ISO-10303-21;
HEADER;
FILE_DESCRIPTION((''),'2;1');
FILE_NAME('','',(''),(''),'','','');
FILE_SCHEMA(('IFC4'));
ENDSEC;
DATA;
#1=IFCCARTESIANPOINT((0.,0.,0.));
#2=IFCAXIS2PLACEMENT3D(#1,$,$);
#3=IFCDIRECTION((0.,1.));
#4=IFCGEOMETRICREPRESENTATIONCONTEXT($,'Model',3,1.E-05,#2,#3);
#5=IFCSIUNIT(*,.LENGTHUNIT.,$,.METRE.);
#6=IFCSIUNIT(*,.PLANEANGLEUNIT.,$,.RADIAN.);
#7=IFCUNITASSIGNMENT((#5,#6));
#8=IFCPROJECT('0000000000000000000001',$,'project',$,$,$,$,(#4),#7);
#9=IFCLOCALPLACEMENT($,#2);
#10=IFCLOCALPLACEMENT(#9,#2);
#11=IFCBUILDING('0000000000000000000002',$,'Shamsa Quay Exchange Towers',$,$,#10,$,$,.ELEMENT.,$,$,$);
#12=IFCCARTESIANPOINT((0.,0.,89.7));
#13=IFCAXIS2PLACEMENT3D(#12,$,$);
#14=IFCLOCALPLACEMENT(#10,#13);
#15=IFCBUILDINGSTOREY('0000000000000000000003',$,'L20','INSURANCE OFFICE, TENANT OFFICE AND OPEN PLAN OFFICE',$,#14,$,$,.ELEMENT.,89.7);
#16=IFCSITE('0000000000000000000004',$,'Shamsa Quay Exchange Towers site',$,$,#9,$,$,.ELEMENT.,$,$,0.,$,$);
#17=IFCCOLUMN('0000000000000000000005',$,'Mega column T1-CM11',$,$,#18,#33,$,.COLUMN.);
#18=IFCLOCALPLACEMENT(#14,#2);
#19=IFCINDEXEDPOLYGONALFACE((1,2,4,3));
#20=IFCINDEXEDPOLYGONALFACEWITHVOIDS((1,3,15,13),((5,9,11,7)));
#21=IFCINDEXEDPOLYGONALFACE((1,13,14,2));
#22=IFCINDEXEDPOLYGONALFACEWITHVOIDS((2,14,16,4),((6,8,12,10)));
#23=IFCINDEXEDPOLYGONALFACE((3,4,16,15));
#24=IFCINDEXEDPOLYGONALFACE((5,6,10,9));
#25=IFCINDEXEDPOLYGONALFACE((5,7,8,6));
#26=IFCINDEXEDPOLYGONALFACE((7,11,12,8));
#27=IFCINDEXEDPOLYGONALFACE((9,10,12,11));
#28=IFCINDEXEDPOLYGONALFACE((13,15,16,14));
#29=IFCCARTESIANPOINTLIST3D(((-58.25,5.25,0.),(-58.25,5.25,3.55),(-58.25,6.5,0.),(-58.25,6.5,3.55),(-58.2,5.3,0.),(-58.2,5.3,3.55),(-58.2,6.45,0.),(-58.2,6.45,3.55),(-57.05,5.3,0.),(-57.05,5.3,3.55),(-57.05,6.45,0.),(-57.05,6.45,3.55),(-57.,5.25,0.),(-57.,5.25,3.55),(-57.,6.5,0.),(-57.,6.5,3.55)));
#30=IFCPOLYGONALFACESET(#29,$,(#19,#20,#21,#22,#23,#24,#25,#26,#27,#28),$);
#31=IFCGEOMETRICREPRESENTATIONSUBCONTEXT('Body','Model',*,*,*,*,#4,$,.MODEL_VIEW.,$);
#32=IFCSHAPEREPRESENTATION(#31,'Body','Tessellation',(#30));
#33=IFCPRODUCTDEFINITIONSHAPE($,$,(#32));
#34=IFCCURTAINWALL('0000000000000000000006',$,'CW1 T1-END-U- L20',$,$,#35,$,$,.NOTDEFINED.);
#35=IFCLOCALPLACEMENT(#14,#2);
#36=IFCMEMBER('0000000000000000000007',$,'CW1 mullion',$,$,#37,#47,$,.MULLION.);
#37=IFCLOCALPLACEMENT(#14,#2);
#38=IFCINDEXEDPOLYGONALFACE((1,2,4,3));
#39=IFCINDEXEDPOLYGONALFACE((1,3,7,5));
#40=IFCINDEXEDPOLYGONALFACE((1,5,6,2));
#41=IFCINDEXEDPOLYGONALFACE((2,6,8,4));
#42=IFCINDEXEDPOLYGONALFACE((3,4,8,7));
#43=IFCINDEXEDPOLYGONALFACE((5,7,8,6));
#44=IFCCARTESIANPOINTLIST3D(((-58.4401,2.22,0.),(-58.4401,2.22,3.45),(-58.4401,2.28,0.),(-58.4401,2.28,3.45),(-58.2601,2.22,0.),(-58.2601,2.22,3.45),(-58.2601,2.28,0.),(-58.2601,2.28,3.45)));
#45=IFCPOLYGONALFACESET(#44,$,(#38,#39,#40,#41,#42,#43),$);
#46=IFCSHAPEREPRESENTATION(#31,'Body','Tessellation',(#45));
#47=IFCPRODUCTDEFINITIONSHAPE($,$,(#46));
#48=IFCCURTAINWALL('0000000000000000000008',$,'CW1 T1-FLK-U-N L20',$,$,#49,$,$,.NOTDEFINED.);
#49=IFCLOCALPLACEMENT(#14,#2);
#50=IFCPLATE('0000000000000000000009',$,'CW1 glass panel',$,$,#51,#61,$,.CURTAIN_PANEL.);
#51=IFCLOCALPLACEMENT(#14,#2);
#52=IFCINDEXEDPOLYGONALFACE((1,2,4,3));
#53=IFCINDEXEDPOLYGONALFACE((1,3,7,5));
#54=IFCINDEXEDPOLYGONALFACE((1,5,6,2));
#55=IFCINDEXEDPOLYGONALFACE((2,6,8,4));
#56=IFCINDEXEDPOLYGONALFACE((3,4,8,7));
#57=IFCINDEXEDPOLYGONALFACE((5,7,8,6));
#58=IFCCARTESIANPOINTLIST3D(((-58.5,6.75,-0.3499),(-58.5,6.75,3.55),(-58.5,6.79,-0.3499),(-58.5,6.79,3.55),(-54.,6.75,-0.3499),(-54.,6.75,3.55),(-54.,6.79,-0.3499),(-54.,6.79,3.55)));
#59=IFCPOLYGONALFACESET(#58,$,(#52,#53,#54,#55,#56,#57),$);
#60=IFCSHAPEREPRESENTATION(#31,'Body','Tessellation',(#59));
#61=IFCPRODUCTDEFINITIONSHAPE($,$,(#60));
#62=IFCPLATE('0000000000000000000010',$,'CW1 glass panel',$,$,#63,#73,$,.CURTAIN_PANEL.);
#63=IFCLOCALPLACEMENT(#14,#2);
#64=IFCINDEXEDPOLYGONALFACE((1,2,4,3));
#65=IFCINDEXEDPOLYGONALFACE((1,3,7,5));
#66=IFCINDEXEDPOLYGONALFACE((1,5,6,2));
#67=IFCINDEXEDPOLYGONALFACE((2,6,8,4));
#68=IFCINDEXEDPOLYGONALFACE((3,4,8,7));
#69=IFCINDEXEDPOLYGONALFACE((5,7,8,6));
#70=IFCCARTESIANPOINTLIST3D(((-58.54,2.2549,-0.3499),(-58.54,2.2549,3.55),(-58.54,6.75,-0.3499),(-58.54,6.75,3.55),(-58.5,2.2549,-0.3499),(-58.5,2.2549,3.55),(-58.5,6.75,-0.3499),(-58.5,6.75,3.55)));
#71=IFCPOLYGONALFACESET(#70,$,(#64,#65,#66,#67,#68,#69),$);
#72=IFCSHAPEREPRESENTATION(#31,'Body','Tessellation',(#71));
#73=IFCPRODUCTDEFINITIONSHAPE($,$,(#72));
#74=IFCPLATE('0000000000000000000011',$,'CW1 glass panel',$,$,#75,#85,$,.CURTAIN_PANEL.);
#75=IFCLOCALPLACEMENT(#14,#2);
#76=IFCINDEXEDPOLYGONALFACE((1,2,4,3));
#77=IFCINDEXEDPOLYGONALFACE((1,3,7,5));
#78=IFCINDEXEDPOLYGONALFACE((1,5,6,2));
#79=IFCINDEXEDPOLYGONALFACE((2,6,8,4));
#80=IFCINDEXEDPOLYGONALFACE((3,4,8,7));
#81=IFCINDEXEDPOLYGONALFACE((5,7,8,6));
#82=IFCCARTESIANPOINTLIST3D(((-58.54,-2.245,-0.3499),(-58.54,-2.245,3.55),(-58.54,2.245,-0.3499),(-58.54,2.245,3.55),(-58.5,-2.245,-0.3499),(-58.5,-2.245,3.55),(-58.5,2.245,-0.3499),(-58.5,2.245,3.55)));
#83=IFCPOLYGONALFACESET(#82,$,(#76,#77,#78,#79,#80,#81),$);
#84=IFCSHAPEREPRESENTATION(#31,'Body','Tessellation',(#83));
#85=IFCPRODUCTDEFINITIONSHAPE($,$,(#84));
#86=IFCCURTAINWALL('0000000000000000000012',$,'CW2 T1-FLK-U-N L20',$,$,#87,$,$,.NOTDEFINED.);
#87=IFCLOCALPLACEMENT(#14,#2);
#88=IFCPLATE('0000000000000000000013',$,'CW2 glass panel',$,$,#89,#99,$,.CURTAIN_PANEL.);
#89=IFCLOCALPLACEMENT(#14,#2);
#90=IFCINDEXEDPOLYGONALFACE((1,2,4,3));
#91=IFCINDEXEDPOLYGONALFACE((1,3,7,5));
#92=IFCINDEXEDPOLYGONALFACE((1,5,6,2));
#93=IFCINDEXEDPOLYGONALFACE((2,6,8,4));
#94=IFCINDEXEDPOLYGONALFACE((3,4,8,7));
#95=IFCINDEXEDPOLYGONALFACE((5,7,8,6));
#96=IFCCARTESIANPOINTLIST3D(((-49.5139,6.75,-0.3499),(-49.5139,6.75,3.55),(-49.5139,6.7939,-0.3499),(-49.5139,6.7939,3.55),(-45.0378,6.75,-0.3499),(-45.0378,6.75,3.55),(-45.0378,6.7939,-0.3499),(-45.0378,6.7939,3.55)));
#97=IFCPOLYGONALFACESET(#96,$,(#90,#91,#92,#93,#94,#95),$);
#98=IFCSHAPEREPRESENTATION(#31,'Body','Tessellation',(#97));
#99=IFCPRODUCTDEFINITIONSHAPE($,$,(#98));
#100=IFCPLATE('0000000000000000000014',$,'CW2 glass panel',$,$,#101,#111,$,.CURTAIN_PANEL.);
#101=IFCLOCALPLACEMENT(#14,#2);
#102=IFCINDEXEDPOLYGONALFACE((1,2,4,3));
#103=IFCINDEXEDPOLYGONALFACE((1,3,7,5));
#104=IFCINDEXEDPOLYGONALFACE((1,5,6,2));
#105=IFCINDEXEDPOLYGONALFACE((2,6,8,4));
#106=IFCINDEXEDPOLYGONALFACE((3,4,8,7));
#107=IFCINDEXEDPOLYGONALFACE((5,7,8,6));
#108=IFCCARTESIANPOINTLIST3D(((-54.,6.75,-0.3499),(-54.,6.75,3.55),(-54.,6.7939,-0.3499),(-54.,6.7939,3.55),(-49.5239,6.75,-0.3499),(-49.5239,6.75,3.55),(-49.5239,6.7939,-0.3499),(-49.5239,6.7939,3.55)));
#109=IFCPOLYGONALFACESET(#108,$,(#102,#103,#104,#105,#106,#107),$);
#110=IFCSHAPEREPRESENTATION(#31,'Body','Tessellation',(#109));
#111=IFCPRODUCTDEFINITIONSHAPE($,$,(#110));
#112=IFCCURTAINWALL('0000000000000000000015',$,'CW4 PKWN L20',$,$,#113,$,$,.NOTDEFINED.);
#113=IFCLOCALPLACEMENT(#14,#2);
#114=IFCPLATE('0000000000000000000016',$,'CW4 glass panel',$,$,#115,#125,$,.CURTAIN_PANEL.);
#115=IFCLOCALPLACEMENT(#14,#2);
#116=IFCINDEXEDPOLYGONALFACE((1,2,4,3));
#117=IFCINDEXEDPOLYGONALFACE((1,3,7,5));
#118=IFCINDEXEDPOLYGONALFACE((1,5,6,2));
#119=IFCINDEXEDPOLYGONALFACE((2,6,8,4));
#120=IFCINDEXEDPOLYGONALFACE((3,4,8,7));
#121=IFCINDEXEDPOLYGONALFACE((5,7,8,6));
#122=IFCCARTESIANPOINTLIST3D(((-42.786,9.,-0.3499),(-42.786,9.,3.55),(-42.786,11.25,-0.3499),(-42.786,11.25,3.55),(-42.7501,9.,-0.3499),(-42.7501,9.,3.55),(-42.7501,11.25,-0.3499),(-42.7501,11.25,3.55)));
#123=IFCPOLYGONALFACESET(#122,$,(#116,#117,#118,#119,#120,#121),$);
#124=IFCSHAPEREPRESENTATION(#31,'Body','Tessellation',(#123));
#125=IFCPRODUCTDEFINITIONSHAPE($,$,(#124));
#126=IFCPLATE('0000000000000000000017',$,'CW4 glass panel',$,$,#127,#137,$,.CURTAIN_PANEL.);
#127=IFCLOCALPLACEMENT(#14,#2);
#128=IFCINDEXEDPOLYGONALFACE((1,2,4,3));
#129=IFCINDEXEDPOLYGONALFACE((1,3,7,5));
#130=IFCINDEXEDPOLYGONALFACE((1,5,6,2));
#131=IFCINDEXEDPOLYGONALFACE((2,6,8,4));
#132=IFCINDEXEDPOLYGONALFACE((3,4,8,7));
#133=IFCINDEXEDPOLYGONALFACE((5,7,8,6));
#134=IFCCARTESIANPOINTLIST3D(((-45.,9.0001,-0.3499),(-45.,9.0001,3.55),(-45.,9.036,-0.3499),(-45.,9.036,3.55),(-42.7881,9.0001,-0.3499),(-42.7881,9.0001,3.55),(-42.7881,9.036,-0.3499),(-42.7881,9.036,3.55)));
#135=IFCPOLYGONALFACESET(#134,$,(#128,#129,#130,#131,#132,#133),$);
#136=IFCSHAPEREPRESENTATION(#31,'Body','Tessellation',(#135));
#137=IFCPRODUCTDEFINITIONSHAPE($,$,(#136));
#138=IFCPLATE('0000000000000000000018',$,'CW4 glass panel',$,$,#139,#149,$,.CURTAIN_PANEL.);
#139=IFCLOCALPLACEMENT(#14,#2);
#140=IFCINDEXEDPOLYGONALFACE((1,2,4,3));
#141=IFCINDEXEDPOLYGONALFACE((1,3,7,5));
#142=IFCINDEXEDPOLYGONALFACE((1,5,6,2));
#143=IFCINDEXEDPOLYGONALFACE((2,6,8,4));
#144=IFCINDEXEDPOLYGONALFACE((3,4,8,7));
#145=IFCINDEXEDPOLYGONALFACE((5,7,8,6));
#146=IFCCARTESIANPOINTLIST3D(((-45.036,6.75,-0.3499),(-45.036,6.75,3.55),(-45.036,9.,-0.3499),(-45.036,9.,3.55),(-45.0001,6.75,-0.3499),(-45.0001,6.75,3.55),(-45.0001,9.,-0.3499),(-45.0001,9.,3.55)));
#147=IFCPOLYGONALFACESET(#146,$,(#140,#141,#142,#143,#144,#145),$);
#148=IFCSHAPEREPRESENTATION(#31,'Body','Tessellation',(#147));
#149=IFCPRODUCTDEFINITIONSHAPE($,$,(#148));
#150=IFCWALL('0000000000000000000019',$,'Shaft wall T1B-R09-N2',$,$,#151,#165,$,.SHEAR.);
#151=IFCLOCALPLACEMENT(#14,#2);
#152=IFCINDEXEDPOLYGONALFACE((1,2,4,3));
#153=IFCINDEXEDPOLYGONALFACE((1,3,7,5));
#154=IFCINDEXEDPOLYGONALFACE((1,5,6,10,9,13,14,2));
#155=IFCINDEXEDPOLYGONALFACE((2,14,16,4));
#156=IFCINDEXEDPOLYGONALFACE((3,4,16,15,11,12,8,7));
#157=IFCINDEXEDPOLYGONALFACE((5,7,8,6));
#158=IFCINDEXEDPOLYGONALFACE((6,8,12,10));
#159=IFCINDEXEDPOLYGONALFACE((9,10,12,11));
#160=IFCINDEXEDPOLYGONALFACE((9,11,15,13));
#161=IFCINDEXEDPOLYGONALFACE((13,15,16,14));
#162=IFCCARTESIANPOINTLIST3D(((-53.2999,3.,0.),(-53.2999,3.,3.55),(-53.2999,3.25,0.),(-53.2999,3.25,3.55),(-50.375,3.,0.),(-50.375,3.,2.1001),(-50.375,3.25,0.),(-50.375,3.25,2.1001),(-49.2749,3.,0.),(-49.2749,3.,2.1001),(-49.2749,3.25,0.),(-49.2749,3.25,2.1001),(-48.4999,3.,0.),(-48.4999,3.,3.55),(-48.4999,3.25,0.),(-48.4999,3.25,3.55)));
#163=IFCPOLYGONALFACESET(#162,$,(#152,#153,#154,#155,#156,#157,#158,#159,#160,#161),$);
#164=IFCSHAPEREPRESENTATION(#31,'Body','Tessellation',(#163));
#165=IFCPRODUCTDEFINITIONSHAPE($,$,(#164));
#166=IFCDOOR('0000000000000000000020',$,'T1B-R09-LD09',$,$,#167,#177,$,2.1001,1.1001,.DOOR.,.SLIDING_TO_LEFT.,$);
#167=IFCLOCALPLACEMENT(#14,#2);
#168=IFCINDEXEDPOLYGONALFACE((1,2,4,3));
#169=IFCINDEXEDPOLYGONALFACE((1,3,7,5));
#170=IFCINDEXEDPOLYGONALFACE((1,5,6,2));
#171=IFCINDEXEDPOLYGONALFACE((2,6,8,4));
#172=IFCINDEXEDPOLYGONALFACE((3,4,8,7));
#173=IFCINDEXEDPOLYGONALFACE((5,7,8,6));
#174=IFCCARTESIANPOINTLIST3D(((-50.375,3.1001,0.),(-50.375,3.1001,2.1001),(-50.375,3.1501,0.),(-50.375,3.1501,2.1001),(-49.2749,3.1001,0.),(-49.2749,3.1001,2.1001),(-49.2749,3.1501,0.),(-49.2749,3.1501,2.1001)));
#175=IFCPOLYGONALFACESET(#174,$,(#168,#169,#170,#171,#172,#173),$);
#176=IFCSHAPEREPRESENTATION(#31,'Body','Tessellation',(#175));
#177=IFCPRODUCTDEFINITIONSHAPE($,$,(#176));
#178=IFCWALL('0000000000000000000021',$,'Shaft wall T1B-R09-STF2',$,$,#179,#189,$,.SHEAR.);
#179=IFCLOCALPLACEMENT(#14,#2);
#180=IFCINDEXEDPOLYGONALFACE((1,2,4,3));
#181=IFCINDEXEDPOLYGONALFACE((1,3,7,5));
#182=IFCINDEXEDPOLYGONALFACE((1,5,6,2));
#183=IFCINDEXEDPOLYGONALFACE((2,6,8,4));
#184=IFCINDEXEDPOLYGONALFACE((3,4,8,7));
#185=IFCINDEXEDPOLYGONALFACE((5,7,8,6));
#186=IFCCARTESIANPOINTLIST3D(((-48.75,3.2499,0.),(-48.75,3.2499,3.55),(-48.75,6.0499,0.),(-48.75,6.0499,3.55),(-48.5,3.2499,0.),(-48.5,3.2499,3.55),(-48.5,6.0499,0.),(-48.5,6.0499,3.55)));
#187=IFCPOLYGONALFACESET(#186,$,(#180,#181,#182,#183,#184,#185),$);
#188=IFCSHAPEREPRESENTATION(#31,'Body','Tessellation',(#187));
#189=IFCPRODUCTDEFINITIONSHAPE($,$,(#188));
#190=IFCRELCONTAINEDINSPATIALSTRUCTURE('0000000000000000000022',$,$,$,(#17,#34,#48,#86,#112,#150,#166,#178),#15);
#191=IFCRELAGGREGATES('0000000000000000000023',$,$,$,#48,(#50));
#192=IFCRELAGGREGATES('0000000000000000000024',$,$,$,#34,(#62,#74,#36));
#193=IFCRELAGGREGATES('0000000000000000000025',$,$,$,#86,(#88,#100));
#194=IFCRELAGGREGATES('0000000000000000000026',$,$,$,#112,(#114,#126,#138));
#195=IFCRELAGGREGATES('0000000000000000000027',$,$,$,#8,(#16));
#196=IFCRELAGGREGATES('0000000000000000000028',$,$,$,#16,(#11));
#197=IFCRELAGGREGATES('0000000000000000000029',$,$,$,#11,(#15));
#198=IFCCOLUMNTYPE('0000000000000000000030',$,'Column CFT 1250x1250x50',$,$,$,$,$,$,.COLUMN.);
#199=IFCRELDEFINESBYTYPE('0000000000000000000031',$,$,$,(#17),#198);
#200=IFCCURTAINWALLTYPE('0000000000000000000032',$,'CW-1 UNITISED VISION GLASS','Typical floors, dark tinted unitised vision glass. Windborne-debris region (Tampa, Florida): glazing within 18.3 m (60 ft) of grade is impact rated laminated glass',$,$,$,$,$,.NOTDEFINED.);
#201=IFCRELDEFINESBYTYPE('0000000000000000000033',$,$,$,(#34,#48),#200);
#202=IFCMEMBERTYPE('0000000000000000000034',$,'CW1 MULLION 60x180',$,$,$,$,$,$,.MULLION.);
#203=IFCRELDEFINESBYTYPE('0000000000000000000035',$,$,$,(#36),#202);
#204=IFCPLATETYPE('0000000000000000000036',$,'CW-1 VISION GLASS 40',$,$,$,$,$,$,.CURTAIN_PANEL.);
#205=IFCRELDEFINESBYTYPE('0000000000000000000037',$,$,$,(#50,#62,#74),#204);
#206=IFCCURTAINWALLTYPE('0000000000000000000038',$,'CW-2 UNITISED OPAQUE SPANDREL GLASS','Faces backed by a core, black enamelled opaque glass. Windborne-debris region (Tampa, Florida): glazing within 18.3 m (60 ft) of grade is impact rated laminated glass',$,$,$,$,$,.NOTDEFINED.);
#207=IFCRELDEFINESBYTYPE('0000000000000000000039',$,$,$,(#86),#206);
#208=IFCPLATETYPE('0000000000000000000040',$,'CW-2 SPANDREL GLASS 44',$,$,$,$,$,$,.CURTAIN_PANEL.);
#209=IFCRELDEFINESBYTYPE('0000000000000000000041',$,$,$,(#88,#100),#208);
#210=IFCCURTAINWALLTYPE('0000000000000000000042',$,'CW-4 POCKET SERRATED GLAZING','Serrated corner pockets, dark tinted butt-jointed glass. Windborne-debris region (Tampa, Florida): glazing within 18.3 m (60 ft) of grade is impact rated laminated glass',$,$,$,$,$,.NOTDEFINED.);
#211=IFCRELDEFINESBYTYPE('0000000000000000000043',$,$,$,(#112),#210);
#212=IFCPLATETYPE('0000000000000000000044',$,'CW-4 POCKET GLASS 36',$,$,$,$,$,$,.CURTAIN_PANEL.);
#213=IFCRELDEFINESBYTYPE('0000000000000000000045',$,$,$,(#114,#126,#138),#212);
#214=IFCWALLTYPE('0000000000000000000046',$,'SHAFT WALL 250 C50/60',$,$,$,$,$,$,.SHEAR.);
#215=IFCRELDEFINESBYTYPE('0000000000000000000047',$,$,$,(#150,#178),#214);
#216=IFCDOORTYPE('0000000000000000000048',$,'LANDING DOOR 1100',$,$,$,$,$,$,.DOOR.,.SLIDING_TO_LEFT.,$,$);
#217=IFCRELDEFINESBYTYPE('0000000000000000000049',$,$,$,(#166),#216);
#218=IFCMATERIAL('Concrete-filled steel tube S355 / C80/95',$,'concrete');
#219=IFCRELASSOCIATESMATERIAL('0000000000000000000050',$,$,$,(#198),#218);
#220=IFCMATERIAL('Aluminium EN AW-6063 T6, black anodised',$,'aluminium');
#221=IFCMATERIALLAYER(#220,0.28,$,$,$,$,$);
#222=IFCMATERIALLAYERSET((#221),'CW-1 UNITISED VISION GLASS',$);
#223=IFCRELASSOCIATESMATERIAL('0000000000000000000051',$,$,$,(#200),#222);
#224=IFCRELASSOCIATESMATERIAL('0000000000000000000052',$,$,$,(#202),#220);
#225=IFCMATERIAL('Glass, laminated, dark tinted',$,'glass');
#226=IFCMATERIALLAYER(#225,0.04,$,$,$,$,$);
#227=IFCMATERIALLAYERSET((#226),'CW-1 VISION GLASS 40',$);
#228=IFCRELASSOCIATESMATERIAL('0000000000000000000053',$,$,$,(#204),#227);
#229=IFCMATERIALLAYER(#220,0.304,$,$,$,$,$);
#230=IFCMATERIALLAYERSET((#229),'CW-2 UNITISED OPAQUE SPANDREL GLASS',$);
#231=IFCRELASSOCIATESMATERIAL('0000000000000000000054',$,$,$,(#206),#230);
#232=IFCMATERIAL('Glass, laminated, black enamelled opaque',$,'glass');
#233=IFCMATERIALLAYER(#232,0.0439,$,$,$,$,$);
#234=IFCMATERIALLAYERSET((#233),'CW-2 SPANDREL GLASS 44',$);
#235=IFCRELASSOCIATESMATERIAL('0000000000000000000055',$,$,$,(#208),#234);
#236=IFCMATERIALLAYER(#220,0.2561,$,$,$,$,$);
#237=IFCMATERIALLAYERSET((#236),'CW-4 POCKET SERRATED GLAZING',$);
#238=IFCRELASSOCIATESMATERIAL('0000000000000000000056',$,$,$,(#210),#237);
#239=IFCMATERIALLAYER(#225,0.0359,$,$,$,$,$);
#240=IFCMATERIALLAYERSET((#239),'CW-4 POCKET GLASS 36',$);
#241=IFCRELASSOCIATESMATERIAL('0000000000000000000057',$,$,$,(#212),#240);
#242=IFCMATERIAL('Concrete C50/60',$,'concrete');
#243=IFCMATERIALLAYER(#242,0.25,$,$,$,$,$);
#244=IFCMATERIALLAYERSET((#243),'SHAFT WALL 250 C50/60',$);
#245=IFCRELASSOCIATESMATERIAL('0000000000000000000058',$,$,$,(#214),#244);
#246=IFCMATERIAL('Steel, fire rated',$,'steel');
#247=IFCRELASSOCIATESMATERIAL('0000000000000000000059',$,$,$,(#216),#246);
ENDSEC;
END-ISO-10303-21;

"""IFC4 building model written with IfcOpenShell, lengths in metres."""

from ifc_helpers import new_model, si_unit, direction, frame, frame_2d, origin, origin_2d, place, context, subcontext, project, spatial, rectangle, hollow_rectangle, extrude, material, layer, layer_set, material_profile, profile_set, type_object, element, fill, aggregate, save


model = new_model("IFC4")

# Units and contexts
model_context = context("Model", 3, precision=1e-05, world=origin(), true_north=direction((0.0, 1.0)))
body_context = subcontext(model_context, "Body", "Model", "MODEL_VIEW")
ifc_project = project(units=[si_unit("LENGTHUNIT", "METRE"), si_unit("PLANEANGLEUNIT", "RADIAN")], contexts=[model_context])

# Site, building, storey
site_placement = place(None, origin())
site = spatial("IfcSite", under=ifc_project, at=site_placement, Name="Shamsa Quay Exchange Towers site", CompositionType="ELEMENT", RefElevation=0.0)
building_placement = place(site_placement, origin())
building = spatial("IfcBuilding", under=site, at=building_placement, Name="Shamsa Quay Exchange Towers", CompositionType="ELEMENT")
storey_placement = place(building_placement, frame((0.0, 0.0, 89.7)))
storey = spatial("IfcBuildingStorey", under=building, at=storey_placement, Name="L20", Description="INSURANCE OFFICE, TENANT OFFICE AND OPEN PLAN OFFICE", CompositionType="ELEMENT", Elevation=89.7)

# Column
ifc_material_1 = material(Name="Concrete-filled steel tube S355 / C80/95", Category="concrete")
ifc_material_profile_1 = material_profile(ifc_material_1, hollow_rectangle(XDim=1.25, YDim=1.25, WallThickness=0.05, at=origin_2d()), Name="CFT 1250x1250x50")
ifc_profile_set_1 = profile_set([ifc_material_profile_1], Name="Concrete-filled steel tube S355 / C80/95")
column_type = type_object("IfcColumnType", Name="Column CFT 1250x1250x50", PredefinedType="COLUMN", material=ifc_profile_set_1)
column_placement = place(storey_placement, frame((-57.625, 5.875, 0.0)))
element("IfcColumn", 1, at=column_placement, inside=storey, type_object=column_type, Name="Mega column T1-CM11", PredefinedType="COLUMN", context=body_context, shape_type="SweptSolid", body=[
    extrude(hollow_rectangle(XDim=1.25, YDim=1.25, WallThickness=0.05, at=origin_2d()), origin(), (0.0, 0.0, 1.0), 3.55),
])

# Curtain wall, member
ifc_material_2 = material(Name="Aluminium EN AW-6063 T6, black anodised", Category="aluminium")
ifc_layer_1 = layer(ifc_material_2, 0.28)
ifc_layer_set_1 = layer_set([ifc_layer_1], Name="CW-1 UNITISED VISION GLASS")
curtain_wall_type_1 = type_object("IfcCurtainWallType", Name="CW-1 UNITISED VISION GLASS", Description="Typical floors, dark tinted unitised vision glass. Windborne-debris region (Tampa, Florida): glazing within 18.3 m (60 ft) of grade is impact rated laminated glass", PredefinedType="NOTDEFINED", material=ifc_layer_set_1)
curtain_wall_1_placement = place(storey_placement, origin())
curtain_wall_1 = element("IfcCurtainWall", 2, at=curtain_wall_1_placement, inside=storey, type_object=curtain_wall_type_1, Name="CW1 T1-END-U- L20", PredefinedType="NOTDEFINED")
ifc_material_profile_2 = material_profile(ifc_material_2, rectangle(XDim=0.1799, YDim=0.0601, at=origin_2d()), Name="MU60x180")
ifc_profile_set_2 = profile_set([ifc_material_profile_2], Name="Aluminium EN AW-6063 T6, black anodised")
member_type = type_object("IfcMemberType", Name="CW1 MULLION 60x180", PredefinedType="MULLION", material=ifc_profile_set_2)
member_placement = place(storey_placement, frame((-58.3501, 2.25, 0.0)))
member = element("IfcMember", 3, at=member_placement, type_object=member_type, Name="CW1 mullion", PredefinedType="MULLION", context=body_context, shape_type="SweptSolid", body=[
    extrude(rectangle(XDim=0.1799, YDim=0.0601, at=origin_2d()), origin(), (0.0, 0.0, 1.0), 3.45),
])

# Curtain wall, plate
curtain_wall_2_placement = place(storey_placement, origin())
curtain_wall_2 = element("IfcCurtainWall", 4, at=curtain_wall_2_placement, inside=storey, type_object=curtain_wall_type_1, Name="CW1 T1-FLK-U-N L20", PredefinedType="NOTDEFINED")
ifc_material_3 = material(Name="Glass, laminated, dark tinted", Category="glass")
ifc_layer_2 = layer(ifc_material_3, 0.04)
ifc_layer_set_2 = layer_set([ifc_layer_2], Name="CW-1 VISION GLASS 40")
plate_type_1 = type_object("IfcPlateType", Name="CW-1 VISION GLASS 40", PredefinedType="CURTAIN_PANEL", material=ifc_layer_set_2)
plate_1_placement = place(storey_placement, frame((-56.25, 6.77, -0.3499), z_axis=(0.0, 0.0, 1.0), x_axis=(-1.0, 0.0, 0.0)))
plate_1 = element("IfcPlate", 5, at=plate_1_placement, type_object=plate_type_1, Name="CW1 glass panel", PredefinedType="CURTAIN_PANEL", context=body_context, shape_type="SweptSolid", body=[
    extrude(rectangle(XDim=4.5, YDim=0.04, at=origin_2d()), origin(), (0.0, 0.0, 1.0), 3.8999),
])
aggregate(curtain_wall_2, [plate_1])

# Plates
plate_2_placement = place(storey_placement, frame((-58.52, 4.5024, -0.3499), z_axis=(0.0, 0.0, 1.0), x_axis=(0.0, -1.0, 0.0)))
plate_2 = element("IfcPlate", 6, at=plate_2_placement, type_object=plate_type_1, Name="CW1 glass panel", PredefinedType="CURTAIN_PANEL", context=body_context, shape_type="SweptSolid", body=[
    extrude(rectangle(XDim=4.4951, YDim=0.04, at=origin_2d()), origin(), (0.0, 0.0, 1.0), 3.8999),
])
plate_3_placement = place(storey_placement, frame((-58.52, 0.0, -0.3499), z_axis=(0.0, 0.0, 1.0), x_axis=(0.0, -1.0, 0.0)))
plate_3 = element("IfcPlate", 7, at=plate_3_placement, type_object=plate_type_1, Name="CW1 glass panel", PredefinedType="CURTAIN_PANEL", context=body_context, shape_type="SweptSolid", body=[
    extrude(rectangle(XDim=4.49, YDim=0.04, at=origin_2d()), origin(), (0.0, 0.0, 1.0), 3.8999),
])
aggregate(curtain_wall_1, [plate_2, plate_3, member])

# Curtain walls, plates
ifc_layer_3 = layer(ifc_material_2, 0.304)
ifc_layer_set_3 = layer_set([ifc_layer_3], Name="CW-2 UNITISED OPAQUE SPANDREL GLASS")
curtain_wall_type_2 = type_object("IfcCurtainWallType", Name="CW-2 UNITISED OPAQUE SPANDREL GLASS", Description="Faces backed by a core, black enamelled opaque glass. Windborne-debris region (Tampa, Florida): glazing within 18.3 m (60 ft) of grade is impact rated laminated glass", PredefinedType="NOTDEFINED", material=ifc_layer_set_3)
curtain_wall_3_placement = place(storey_placement, origin())
curtain_wall_3 = element("IfcCurtainWall", 8, at=curtain_wall_3_placement, inside=storey, type_object=curtain_wall_type_2, Name="CW2 T1-FLK-U-N L20", PredefinedType="NOTDEFINED")
ifc_material_4 = material(Name="Glass, laminated, black enamelled opaque", Category="glass")
ifc_layer_4 = layer(ifc_material_4, 0.0439)
ifc_layer_set_4 = layer_set([ifc_layer_4], Name="CW-2 SPANDREL GLASS 44")
plate_type_2 = type_object("IfcPlateType", Name="CW-2 SPANDREL GLASS 44", PredefinedType="CURTAIN_PANEL", material=ifc_layer_set_4)
plate_4_placement = place(storey_placement, frame((-47.2759, 6.772, -0.3499), z_axis=(0.0, 0.0, 1.0), x_axis=(-1.0, 0.0, 0.0)))
plate_4 = element("IfcPlate", 9, at=plate_4_placement, type_object=plate_type_2, Name="CW2 glass panel", PredefinedType="CURTAIN_PANEL", context=body_context, shape_type="SweptSolid", body=[
    extrude(rectangle(XDim=4.4761, YDim=0.0439, at=origin_2d()), origin(), (0.0, 0.0, 1.0), 3.8999),
])
plate_5_placement = place(storey_placement, frame((-51.762, 6.772, -0.3499), z_axis=(0.0, 0.0, 1.0), x_axis=(-1.0, 0.0, 0.0)))
plate_5 = element("IfcPlate", 10, at=plate_5_placement, type_object=plate_type_2, Name="CW2 glass panel", PredefinedType="CURTAIN_PANEL", context=body_context, shape_type="SweptSolid", body=[
    extrude(rectangle(XDim=4.4761, YDim=0.0439, at=origin_2d()), origin(), (0.0, 0.0, 1.0), 3.8999),
])
aggregate(curtain_wall_3, [plate_4, plate_5])
ifc_layer_5 = layer(ifc_material_2, 0.2561)
ifc_layer_set_5 = layer_set([ifc_layer_5], Name="CW-4 POCKET SERRATED GLAZING")
curtain_wall_type_3 = type_object("IfcCurtainWallType", Name="CW-4 POCKET SERRATED GLAZING", Description="Serrated corner pockets, dark tinted butt-jointed glass. Windborne-debris region (Tampa, Florida): glazing within 18.3 m (60 ft) of grade is impact rated laminated glass", PredefinedType="NOTDEFINED", material=ifc_layer_set_5)
curtain_wall_4_placement = place(storey_placement, origin())
curtain_wall_4 = element("IfcCurtainWall", 11, at=curtain_wall_4_placement, inside=storey, type_object=curtain_wall_type_3, Name="CW4 PKWN L20", PredefinedType="NOTDEFINED")
ifc_layer_6 = layer(ifc_material_3, 0.0359)
ifc_layer_set_6 = layer_set([ifc_layer_6], Name="CW-4 POCKET GLASS 36")
plate_type_3 = type_object("IfcPlateType", Name="CW-4 POCKET GLASS 36", PredefinedType="CURTAIN_PANEL", material=ifc_layer_set_6)
plate_6_placement = place(storey_placement, frame((-42.7681, 10.125, -0.3499), z_axis=(0.0, 0.0, 1.0), x_axis=(0.0, -1.0, 0.0)))
plate_6 = element("IfcPlate", 12, at=plate_6_placement, type_object=plate_type_3, Name="CW4 glass panel", PredefinedType="CURTAIN_PANEL", context=body_context, shape_type="SweptSolid", body=[
    extrude(rectangle(XDim=2.25, YDim=0.0359, at=origin_2d()), origin(), (0.0, 0.0, 1.0), 3.8999),
])
plate_7_placement = place(storey_placement, frame((-43.894, 9.0181, -0.3499), z_axis=(0.0, 0.0, 1.0), x_axis=(-1.0, 0.0, 0.0)))
plate_7 = element("IfcPlate", 13, at=plate_7_placement, type_object=plate_type_3, Name="CW4 glass panel", PredefinedType="CURTAIN_PANEL", context=body_context, shape_type="SweptSolid", body=[
    extrude(rectangle(XDim=2.2119, YDim=0.0359, at=origin_2d()), origin(), (0.0, 0.0, 1.0), 3.8999),
])
plate_8_placement = place(storey_placement, frame((-45.0181, 7.875, -0.3499), z_axis=(0.0, 0.0, 1.0), x_axis=(0.0, -1.0, 0.0)))
plate_8 = element("IfcPlate", 14, at=plate_8_placement, type_object=plate_type_3, Name="CW4 glass panel", PredefinedType="CURTAIN_PANEL", context=body_context, shape_type="SweptSolid", body=[
    extrude(rectangle(XDim=2.25, YDim=0.0359, at=origin_2d()), origin(), (0.0, 0.0, 1.0), 3.8999),
])
aggregate(curtain_wall_4, [plate_6, plate_7, plate_8])

# Wall, opening, door
ifc_material_5 = material(Name="Concrete C50/60", Category="concrete")
ifc_layer_7 = layer(ifc_material_5, 0.25)
ifc_layer_set_7 = layer_set([ifc_layer_7], Name="SHAFT WALL 250 C50/60")
wall_type_1 = type_object("IfcWallType", Name="SHAFT WALL 250 C50/60", PredefinedType="SHEAR", material=ifc_layer_set_7)
wall_1_placement = place(storey_placement, frame((-48.5, 3.125, 0.0), z_axis=(0.0, 0.0, 1.0), x_axis=(-1.0, 0.0, 0.0)))
wall_1 = element("IfcWall", 15, at=wall_1_placement, inside=storey, type_object=wall_type_1, Name="Shaft wall T1B-R09-N2", PredefinedType="SHEAR", context=body_context, shape_type="SweptSolid", body=[
    extrude(rectangle(XDim=4.8, YDim=0.25, at=frame_2d((2.3999, 0.0))), origin(), (0.0, 0.0, 1.0), 3.55),
])
opening_1_placement = place(wall_1_placement, frame((0.7749, 0.0, 0.0)))
opening_1 = element("IfcOpeningElement", 16, at=opening_1_placement, cuts=wall_1, PredefinedType="OPENING", context=body_context, shape_type="SweptSolid", body=[
    extrude(rectangle(XDim=1.1001, YDim=2.1001, at=frame_2d((0.55, 1.05))), frame((0.0, 0.135, 0.0), z_axis=(0.0, -1.0, 0.0), x_axis=(1.0, 0.0, 0.0)), (0.0, 0.0, 1.0), 0.27),
])
ifc_material_6 = material(Name="Steel, fire rated", Category="steel")
door_type_1 = type_object("IfcDoorType", Name="LANDING DOOR 1100", OperationType="SLIDING_TO_LEFT", PredefinedType="DOOR", material=ifc_material_6)
door_1_placement = place(opening_1_placement, origin())
door_1 = element("IfcDoor", 17, at=door_1_placement, inside=storey, type_object=door_type_1, Name="T1B-R09-LD09", OperationType="SLIDING_TO_LEFT", OverallHeight=2.1001, OverallWidth=1.1001, PredefinedType="DOOR", context=body_context, shape_type="SweptSolid", body=[
    extrude(rectangle(XDim=1.1001, YDim=2.1001, at=frame_2d((0.55, 1.05))), frame((0.0, 0.0249, 0.0), z_axis=(0.0, -1.0, 0.0), x_axis=(1.0, 0.0, 0.0)), (0.0, 0.0, 1.0), 0.05),
])
fill(opening_1, door_1)

# Wall
for number, where, z_axis, x_axis, name in (
    (18, (-48.625, 3.25, 0.0), (0.0, 0.0, 1.0), (0.0, 1.0, 0.0), "Shaft wall T1B-R09-STF2"),
):
    element("IfcWall", number, at=place(storey_placement, frame(where, z_axis=z_axis, x_axis=x_axis)), inside=storey, type_object=wall_type_1, Name=name, PredefinedType="SHEAR", context=body_context, shape_type="SweptSolid", body=[
        extrude(rectangle(XDim=2.8, YDim=0.25, at=frame_2d((1.3999, 0.0))), origin(), (0.0, 0.0, 1.0), 3.55),
    ])

save(model, "model.ifc")
